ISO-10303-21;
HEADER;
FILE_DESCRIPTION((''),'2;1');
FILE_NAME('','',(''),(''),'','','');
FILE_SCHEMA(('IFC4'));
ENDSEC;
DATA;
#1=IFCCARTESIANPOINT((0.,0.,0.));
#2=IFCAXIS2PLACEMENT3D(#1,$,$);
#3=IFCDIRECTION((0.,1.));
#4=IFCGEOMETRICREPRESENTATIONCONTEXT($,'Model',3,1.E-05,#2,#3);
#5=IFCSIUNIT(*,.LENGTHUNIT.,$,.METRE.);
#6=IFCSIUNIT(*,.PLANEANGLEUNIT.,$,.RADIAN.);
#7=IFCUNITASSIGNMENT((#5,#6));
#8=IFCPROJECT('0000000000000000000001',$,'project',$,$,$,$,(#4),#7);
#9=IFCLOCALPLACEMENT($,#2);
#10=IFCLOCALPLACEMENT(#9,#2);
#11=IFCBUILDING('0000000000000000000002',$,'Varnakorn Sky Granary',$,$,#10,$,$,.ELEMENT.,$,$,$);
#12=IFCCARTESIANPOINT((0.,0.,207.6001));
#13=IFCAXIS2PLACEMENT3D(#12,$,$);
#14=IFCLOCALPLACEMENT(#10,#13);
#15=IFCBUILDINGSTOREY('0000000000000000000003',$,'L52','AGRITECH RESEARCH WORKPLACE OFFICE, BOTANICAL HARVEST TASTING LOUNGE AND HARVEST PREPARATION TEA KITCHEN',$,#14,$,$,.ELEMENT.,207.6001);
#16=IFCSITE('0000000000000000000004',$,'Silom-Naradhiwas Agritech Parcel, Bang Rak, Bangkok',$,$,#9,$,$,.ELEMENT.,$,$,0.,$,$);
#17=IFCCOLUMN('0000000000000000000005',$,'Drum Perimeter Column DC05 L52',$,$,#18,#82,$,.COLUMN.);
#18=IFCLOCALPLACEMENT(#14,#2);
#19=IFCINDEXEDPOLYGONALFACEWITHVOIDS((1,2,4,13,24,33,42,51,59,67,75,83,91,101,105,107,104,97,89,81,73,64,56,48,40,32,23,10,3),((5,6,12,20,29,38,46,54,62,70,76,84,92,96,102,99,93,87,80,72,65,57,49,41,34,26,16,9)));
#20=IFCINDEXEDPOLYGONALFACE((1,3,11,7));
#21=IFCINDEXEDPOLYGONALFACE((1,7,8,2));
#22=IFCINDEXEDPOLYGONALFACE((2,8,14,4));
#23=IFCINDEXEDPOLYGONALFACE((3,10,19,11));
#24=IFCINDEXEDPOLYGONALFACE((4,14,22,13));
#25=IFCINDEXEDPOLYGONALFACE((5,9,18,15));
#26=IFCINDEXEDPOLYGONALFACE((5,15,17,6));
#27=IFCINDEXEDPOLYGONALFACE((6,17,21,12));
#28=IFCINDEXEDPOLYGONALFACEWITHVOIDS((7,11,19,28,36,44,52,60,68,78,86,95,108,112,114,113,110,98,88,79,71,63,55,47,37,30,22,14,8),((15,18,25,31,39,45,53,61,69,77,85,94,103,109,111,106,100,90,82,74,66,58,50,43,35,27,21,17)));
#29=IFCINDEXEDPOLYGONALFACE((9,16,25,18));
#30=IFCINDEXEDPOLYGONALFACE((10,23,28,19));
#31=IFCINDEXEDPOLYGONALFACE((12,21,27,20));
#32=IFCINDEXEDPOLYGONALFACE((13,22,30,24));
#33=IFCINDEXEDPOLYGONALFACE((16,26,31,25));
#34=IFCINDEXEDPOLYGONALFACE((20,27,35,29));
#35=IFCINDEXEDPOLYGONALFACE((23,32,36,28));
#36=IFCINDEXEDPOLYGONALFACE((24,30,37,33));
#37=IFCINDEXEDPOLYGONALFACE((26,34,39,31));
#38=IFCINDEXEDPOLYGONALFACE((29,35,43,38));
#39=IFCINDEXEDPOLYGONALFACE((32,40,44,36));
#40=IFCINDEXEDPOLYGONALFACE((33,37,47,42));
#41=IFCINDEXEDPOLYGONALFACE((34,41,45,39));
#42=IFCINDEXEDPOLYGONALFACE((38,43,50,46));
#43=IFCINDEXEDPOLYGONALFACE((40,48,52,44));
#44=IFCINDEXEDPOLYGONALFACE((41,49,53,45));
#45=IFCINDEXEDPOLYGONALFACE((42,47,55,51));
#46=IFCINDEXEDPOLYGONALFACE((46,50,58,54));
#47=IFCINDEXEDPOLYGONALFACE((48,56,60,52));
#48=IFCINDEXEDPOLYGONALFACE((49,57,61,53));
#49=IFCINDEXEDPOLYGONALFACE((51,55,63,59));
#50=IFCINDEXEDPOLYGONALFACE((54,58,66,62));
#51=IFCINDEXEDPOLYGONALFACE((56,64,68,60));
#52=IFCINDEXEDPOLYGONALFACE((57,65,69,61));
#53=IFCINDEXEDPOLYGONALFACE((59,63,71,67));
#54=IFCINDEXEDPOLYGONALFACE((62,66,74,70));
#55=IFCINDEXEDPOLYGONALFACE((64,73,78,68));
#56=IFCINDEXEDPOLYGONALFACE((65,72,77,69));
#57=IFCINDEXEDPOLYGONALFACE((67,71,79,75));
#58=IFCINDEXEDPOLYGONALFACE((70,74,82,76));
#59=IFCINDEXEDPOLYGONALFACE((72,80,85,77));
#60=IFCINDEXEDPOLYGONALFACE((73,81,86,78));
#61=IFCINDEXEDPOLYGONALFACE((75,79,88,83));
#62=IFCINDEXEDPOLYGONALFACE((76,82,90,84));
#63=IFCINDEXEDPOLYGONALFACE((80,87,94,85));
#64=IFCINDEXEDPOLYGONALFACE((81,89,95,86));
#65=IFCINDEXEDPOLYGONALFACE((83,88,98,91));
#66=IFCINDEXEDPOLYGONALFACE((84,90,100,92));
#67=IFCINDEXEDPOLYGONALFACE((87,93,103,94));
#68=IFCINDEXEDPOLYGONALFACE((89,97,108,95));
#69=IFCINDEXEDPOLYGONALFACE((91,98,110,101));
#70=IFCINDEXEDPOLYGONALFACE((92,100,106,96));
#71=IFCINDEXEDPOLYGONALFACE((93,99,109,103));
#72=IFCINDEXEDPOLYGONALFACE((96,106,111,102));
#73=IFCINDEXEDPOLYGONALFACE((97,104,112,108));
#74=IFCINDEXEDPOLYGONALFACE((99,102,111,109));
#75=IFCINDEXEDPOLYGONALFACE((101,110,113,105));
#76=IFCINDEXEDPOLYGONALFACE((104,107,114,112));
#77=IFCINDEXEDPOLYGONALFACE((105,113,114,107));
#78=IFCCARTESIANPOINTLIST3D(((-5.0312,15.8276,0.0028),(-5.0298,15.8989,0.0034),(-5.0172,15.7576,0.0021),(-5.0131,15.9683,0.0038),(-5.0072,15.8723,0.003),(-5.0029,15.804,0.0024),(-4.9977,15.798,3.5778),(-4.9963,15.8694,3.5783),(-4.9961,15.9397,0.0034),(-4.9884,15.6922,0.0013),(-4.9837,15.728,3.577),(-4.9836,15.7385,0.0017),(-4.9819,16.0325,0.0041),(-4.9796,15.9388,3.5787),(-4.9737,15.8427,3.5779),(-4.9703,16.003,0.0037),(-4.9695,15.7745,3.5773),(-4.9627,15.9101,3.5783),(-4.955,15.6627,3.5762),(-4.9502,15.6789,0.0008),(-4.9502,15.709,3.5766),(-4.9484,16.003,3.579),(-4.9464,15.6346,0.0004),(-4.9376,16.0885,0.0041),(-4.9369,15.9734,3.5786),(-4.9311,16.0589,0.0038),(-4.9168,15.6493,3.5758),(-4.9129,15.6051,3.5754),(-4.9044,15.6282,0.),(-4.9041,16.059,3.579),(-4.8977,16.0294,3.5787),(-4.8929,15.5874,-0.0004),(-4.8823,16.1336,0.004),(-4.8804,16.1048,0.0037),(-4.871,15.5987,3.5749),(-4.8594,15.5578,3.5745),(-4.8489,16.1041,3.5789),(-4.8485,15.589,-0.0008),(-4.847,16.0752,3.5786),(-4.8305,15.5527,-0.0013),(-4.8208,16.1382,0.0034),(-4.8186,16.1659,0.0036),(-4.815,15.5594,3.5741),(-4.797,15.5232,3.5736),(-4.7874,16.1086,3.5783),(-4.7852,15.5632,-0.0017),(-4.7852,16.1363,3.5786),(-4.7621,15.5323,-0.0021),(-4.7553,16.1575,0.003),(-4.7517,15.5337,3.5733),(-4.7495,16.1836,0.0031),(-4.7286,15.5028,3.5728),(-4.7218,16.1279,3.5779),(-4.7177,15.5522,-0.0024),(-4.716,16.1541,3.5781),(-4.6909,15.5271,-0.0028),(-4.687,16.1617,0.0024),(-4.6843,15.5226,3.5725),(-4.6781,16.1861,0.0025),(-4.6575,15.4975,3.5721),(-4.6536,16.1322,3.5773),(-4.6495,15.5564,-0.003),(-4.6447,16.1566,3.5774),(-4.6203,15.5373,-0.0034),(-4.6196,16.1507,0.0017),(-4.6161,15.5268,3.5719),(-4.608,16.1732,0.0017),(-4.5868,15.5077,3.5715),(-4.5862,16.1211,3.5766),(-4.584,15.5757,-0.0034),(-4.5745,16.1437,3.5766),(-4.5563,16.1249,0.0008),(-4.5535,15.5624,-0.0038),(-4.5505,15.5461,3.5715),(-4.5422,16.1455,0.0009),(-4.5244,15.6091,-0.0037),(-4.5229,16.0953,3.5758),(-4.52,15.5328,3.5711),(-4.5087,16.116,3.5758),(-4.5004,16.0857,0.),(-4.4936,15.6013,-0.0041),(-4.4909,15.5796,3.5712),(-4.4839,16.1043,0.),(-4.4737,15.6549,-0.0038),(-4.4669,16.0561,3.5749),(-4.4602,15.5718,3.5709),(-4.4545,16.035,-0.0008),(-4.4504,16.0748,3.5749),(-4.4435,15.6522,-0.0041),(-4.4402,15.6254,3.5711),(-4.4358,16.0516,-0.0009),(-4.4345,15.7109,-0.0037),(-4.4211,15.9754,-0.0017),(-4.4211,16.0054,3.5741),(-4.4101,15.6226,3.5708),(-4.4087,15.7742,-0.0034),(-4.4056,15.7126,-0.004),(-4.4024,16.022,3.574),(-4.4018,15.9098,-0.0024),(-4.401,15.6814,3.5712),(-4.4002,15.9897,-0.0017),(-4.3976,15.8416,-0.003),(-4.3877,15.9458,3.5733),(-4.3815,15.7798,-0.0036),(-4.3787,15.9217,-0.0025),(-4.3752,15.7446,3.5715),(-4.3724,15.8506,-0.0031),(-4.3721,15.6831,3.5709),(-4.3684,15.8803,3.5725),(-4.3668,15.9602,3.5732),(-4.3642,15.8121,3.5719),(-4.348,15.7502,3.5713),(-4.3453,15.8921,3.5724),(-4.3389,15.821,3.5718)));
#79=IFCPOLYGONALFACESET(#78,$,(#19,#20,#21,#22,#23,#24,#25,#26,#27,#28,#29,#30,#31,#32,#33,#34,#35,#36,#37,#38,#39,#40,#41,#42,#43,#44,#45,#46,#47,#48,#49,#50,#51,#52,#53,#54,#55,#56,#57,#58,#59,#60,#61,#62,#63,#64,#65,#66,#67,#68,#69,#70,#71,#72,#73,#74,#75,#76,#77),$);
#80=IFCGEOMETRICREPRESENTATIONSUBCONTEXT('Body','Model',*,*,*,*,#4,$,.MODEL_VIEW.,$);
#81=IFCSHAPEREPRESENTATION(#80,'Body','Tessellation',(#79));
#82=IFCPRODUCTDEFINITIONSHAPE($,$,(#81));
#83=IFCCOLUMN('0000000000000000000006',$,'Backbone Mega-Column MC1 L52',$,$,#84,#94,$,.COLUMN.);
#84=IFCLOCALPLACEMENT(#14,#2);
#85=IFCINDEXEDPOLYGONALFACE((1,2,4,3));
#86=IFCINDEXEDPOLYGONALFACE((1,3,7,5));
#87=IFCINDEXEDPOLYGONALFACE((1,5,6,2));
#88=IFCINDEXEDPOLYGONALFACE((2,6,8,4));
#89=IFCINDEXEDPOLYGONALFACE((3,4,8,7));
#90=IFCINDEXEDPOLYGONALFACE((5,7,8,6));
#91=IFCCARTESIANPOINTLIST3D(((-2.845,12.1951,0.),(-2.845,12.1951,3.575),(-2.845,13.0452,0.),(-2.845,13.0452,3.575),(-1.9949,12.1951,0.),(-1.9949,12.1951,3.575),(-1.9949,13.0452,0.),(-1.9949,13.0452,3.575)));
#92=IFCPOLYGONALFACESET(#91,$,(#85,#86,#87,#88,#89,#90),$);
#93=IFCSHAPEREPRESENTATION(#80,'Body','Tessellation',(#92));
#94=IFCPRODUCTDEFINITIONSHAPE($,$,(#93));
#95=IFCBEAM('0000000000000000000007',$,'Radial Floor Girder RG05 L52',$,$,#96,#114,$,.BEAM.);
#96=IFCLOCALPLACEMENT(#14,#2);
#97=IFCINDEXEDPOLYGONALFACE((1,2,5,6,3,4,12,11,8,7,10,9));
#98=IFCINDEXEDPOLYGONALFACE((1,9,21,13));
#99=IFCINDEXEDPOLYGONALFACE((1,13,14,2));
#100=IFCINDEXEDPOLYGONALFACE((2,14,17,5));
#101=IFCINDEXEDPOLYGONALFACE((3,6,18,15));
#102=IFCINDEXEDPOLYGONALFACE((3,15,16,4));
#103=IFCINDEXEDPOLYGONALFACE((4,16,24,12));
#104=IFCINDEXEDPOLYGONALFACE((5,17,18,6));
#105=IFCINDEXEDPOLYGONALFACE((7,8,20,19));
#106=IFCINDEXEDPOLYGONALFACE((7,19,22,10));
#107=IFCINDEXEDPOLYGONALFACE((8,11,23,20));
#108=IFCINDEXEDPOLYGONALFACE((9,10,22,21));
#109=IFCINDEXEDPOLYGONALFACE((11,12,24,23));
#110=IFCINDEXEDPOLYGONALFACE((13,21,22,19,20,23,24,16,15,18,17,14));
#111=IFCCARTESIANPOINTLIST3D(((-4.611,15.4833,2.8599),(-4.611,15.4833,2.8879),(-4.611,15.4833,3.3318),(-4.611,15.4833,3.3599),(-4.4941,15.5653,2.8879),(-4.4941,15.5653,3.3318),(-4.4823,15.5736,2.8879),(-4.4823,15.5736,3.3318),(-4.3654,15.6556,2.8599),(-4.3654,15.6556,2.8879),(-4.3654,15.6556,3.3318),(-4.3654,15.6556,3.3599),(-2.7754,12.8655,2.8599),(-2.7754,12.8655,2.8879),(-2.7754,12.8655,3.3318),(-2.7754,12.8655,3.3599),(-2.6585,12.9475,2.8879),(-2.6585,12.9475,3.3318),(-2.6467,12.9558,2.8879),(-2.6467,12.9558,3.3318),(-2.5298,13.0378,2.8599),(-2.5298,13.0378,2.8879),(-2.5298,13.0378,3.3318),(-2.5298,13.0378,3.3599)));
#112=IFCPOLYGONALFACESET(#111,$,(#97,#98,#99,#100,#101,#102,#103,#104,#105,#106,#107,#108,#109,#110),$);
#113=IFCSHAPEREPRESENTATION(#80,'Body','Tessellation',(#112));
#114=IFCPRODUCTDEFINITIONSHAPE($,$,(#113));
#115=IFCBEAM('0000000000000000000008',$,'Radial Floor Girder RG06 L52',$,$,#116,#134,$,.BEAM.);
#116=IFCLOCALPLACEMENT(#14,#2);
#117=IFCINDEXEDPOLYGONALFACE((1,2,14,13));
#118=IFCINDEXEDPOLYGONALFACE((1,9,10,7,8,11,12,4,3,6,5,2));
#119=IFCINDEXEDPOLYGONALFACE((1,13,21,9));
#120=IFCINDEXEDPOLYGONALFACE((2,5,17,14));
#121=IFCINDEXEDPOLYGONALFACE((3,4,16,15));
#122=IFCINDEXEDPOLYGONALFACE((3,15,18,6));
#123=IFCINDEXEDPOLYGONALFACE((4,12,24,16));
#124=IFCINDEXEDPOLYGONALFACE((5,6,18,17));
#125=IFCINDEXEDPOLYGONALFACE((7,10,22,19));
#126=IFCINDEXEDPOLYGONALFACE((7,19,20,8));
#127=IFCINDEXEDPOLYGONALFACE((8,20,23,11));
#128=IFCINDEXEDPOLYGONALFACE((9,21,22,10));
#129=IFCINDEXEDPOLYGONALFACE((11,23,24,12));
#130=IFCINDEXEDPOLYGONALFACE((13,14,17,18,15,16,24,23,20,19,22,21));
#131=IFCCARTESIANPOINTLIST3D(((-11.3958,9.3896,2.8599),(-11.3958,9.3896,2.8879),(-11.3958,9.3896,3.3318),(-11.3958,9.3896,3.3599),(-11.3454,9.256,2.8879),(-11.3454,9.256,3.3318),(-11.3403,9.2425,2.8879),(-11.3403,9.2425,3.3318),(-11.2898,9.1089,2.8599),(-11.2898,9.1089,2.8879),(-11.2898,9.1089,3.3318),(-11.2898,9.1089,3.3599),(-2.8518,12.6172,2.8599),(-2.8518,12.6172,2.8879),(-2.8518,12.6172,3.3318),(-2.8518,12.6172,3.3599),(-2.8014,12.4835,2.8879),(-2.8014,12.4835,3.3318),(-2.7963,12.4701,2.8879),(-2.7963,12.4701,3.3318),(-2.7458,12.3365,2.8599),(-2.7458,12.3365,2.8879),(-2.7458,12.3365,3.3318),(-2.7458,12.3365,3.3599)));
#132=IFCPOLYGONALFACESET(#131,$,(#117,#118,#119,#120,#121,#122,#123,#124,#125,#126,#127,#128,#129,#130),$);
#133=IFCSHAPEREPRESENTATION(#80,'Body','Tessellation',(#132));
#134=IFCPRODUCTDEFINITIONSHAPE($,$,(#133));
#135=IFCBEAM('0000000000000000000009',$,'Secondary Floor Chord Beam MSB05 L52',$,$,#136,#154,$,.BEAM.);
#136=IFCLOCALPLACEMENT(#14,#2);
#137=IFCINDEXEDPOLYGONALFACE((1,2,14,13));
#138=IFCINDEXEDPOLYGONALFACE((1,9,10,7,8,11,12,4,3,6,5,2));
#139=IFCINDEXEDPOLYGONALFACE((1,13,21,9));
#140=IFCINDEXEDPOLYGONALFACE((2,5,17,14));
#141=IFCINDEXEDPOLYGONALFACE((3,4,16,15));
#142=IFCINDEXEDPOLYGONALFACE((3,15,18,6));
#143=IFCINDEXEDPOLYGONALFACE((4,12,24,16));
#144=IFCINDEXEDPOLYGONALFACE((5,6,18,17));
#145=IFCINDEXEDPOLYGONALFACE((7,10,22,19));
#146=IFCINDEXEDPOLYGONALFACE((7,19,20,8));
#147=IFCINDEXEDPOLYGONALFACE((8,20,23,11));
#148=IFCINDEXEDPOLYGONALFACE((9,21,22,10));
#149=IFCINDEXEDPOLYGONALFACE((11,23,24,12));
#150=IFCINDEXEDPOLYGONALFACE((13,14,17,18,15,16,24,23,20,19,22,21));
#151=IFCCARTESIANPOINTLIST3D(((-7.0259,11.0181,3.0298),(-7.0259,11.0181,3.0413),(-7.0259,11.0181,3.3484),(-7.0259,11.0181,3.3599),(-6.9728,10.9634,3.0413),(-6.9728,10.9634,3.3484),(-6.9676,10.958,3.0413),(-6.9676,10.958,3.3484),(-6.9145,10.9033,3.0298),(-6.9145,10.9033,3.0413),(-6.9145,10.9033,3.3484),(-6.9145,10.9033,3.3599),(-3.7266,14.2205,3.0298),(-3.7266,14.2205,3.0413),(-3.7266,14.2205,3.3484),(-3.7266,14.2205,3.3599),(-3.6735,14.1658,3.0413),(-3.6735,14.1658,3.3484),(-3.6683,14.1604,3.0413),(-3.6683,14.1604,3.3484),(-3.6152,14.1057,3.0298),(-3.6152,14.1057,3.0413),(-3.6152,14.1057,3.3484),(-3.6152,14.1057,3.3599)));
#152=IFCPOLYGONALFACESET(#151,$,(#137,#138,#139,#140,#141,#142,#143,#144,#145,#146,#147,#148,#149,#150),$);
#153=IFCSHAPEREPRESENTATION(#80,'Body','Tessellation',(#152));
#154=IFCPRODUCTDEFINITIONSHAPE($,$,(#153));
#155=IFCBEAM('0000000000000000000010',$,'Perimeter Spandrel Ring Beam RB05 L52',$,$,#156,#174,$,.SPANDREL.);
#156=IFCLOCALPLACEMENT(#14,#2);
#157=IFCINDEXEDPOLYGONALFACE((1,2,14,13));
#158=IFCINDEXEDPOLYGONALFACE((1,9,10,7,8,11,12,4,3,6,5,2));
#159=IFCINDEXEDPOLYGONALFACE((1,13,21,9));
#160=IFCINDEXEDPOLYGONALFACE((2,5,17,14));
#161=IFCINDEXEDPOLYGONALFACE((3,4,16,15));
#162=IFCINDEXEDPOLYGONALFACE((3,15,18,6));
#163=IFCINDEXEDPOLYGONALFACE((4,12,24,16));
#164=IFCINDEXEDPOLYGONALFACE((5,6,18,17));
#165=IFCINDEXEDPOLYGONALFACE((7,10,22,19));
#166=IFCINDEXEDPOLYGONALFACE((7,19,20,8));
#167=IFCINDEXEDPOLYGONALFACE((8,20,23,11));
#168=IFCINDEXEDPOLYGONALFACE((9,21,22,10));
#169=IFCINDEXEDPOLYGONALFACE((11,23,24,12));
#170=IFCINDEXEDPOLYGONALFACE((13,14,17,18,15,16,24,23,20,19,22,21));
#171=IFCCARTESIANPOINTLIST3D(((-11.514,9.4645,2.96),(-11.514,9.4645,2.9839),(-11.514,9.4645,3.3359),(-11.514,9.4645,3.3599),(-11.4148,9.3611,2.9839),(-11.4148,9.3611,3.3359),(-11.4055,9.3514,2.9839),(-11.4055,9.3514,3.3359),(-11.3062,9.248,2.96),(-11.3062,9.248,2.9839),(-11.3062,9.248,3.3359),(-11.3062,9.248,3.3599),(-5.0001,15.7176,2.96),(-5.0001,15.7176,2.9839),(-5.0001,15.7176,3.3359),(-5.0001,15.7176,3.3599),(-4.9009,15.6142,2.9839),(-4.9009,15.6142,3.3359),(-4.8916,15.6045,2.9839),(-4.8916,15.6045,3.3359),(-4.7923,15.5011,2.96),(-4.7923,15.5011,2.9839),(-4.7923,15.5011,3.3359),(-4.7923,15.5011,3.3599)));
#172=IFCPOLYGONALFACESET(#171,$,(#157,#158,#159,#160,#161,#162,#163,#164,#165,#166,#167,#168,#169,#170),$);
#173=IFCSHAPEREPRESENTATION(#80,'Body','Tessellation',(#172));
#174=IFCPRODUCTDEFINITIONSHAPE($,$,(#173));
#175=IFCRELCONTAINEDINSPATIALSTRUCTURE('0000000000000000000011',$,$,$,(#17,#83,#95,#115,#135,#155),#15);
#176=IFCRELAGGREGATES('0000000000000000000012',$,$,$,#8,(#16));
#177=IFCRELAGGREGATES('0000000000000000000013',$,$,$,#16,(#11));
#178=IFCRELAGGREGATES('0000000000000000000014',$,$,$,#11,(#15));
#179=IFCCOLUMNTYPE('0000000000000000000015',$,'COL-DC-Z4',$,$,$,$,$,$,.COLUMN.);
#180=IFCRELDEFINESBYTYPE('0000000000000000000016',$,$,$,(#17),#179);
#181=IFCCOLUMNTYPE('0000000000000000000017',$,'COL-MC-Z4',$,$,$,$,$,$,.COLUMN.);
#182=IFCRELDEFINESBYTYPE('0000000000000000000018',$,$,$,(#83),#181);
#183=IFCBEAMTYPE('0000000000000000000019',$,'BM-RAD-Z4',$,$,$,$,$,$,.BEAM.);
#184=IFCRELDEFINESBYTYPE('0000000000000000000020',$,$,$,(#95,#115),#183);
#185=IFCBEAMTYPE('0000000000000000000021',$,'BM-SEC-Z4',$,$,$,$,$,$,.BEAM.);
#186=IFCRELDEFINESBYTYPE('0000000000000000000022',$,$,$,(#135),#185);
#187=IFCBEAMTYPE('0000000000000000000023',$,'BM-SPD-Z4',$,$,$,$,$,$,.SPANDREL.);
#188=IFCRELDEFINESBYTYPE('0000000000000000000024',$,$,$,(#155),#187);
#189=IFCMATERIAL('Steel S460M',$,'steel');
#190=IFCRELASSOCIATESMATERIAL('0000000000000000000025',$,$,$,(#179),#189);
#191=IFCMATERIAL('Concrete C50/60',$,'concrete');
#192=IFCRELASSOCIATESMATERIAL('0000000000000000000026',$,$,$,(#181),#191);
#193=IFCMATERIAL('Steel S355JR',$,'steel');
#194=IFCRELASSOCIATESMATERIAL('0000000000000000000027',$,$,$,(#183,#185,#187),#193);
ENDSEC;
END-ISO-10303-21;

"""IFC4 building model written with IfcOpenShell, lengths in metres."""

from ifc_helpers import new_model, si_unit, direction, frame, origin, origin_2d, place, context, subcontext, project, spatial, rectangle, hollow_circle, i_section, extrude, material, material_profile, profile_set, type_object, element, save


model = new_model("IFC4")

# Units and contexts
model_context = context("Model", 3, precision=1e-05, world=origin(), true_north=direction((0.0, 1.0)))
body_context = subcontext(model_context, "Body", "Model", "MODEL_VIEW")
ifc_project = project(units=[si_unit("LENGTHUNIT", "METRE"), si_unit("PLANEANGLEUNIT", "RADIAN")], contexts=[model_context])

# Site, building, storey
site_placement = place(None, origin())
site = spatial("IfcSite", under=ifc_project, at=site_placement, Name="Silom-Naradhiwas Agritech Parcel, Bang Rak, Bangkok", CompositionType="ELEMENT", RefElevation=0.0)
building_placement = place(site_placement, origin())
building = spatial("IfcBuilding", under=site, at=building_placement, Name="Varnakorn Sky Granary", CompositionType="ELEMENT")
storey_placement = place(building_placement, frame((0.0, 0.0, 207.6001)))
storey = spatial("IfcBuildingStorey", under=building, at=storey_placement, Name="L52", Description="AGRITECH RESEARCH WORKPLACE OFFICE, BOTANICAL HARVEST TASTING LOUNGE AND HARVEST PREPARATION TEA KITCHEN", CompositionType="ELEMENT", Elevation=207.6001)

# Columns
ifc_material_1 = material(Name="Steel S460M", Category="steel")
ifc_material_profile_1 = material_profile(ifc_material_1, hollow_circle(Radius=0.3301, WallThickness=0.0249, at=origin_2d()), Name="CHS 660x25")
ifc_profile_set_1 = profile_set([ifc_material_profile_1], Name="Steel S460M")
column_type_1 = type_object("IfcColumnType", Name="COL-DC-Z4", PredefinedType="COLUMN", material=ifc_profile_set_1)
column_1_placement = place(storey_placement, frame((-4.7024, 15.8569, 0.0), z_axis=(0.009355, -0.008263, 0.999922), x_axis=(0.661983, 0.749518, 0.0)))
element("IfcColumn", 1, at=column_1_placement, inside=storey, type_object=column_type_1, Name="Drum Perimeter Column DC05 L52", PredefinedType="COLUMN", context=body_context, shape_type="SweptSolid", body=[
    extrude(hollow_circle(Radius=0.3301, WallThickness=0.0249, at=origin_2d()), origin(), (0.0, 0.0, 1.0), 3.5752),
])
ifc_material_2 = material(Name="Concrete C50/60", Category="concrete")
ifc_material_profile_2 = material_profile(ifc_material_2, rectangle(XDim=0.8501, YDim=0.8501, at=origin_2d()), Name="RC 850x850")
ifc_profile_set_2 = profile_set([ifc_material_profile_2], Name="Concrete C50/60")
column_type_2 = type_object("IfcColumnType", Name="COL-MC-Z4", PredefinedType="COLUMN", material=ifc_profile_set_2)
column_2_placement = place(storey_placement, frame((-2.4199, 12.6201, 0.0), z_axis=(0.0, 0.0, 1.0), x_axis=(1.0, 0.0, 0.0)))
element("IfcColumn", 2, at=column_2_placement, inside=storey, type_object=column_type_2, Name="Backbone Mega-Column MC1 L52", PredefinedType="COLUMN", context=body_context, shape_type="SweptSolid", body=[
    extrude(rectangle(XDim=0.8501, YDim=0.8501, at=origin_2d()), origin(), (0.0, 0.0, 1.0), 3.575),
])

# Beams
ifc_material_3 = material(Name="Steel S355JR", Category="steel")
ifc_material_profile_3 = material_profile(ifc_material_3, i_section(OverallWidth=0.3, OverallDepth=0.5, WebThickness=0.0144, FlangeThickness=0.0281, at=origin_2d()), Name="HE 500 B")
ifc_profile_set_3 = profile_set([ifc_material_profile_3], Name="Steel S355JR")
beam_type_1 = type_object("IfcBeamType", Name="BM-RAD-Z4", PredefinedType="BEAM", material=ifc_profile_set_3)
beam_1_placement = place(storey_placement, frame((-2.6526, 12.9517, 3.1099), z_axis=(-0.574123, 0.818769, 0.0), x_axis=(-0.818769, -0.574123, 0.0)))
element("IfcBeam", 3, at=beam_1_placement, inside=storey, type_object=beam_type_1, Name="Radial Floor Girder RG05 L52", PredefinedType="BEAM", context=body_context, shape_type="SweptSolid", body=[
    extrude(i_section(OverallWidth=0.3, OverallDepth=0.5, WebThickness=0.0144, FlangeThickness=0.0281, at=origin_2d()), origin(), (0.0, 0.0, 1.0), 3.1973),
])
beam_2_placement = place(storey_placement, frame((-2.7988, 12.4768, 3.1099), z_axis=(-0.935478, -0.353384, 0.0), x_axis=(0.353384, -0.935478, 0.0)))
element("IfcBeam", 4, at=beam_2_placement, inside=storey, type_object=beam_type_1, Name="Radial Floor Girder RG06 L52", PredefinedType="BEAM", context=body_context, shape_type="SweptSolid", body=[
    extrude(i_section(OverallWidth=0.3, OverallDepth=0.5, WebThickness=0.0144, FlangeThickness=0.0281, at=origin_2d()), origin(), (0.0, 0.0, 1.0), 9.1333),
])
ifc_material_profile_4 = material_profile(ifc_material_3, i_section(OverallWidth=0.1599, OverallDepth=0.3301, WebThickness=0.0076, FlangeThickness=0.0115, at=origin_2d()), Name="IPE 330")
ifc_profile_set_4 = profile_set([ifc_material_profile_4], Name="Steel S355JR")
beam_type_2 = type_object("IfcBeamType", Name="BM-SEC-Z4", PredefinedType="BEAM", material=ifc_profile_set_4)
beam_3_placement = place(storey_placement, frame((-3.6709, 14.1631, 3.1948), z_axis=(-0.717568, -0.696488, 0.0), x_axis=(0.696488, -0.717568, 0.0)))
element("IfcBeam", 5, at=beam_3_placement, inside=storey, type_object=beam_type_2, Name="Secondary Floor Chord Beam MSB05 L52", PredefinedType="BEAM", context=body_context, shape_type="SweptSolid", body=[
    extrude(i_section(OverallWidth=0.1599, OverallDepth=0.3301, WebThickness=0.0076, FlangeThickness=0.0115, at=origin_2d()), origin(), (0.0, 0.0, 1.0), 4.5979),
])
ifc_material_profile_5 = material_profile(ifc_material_3, i_section(OverallWidth=0.3, OverallDepth=0.3999, WebThickness=0.0134, FlangeThickness=0.0239, at=origin_2d()), Name="HE 400 B")
ifc_profile_set_5 = profile_set([ifc_material_profile_5], Name="Steel S355JR")
beam_type_3 = type_object("IfcBeamType", Name="BM-SPD-Z4", PredefinedType="SPANDREL", material=ifc_profile_set_5)
beam_4_placement = place(storey_placement, frame((-4.8962, 15.6094, 3.1599), z_axis=(-0.721398, -0.692521, 0.0), x_axis=(0.692521, -0.721398, 0.0)))
element("IfcBeam", 6, at=beam_4_placement, inside=storey, type_object=beam_type_3, Name="Perimeter Spandrel Ring Beam RB05 L52", PredefinedType="SPANDREL", context=body_context, shape_type="SweptSolid", body=[
    extrude(i_section(OverallWidth=0.3, OverallDepth=0.3999, WebThickness=0.0134, FlangeThickness=0.0239, at=origin_2d()), origin(), (0.0, 0.0, 1.0), 9.0295),
])

save(model, "model.ifc")
